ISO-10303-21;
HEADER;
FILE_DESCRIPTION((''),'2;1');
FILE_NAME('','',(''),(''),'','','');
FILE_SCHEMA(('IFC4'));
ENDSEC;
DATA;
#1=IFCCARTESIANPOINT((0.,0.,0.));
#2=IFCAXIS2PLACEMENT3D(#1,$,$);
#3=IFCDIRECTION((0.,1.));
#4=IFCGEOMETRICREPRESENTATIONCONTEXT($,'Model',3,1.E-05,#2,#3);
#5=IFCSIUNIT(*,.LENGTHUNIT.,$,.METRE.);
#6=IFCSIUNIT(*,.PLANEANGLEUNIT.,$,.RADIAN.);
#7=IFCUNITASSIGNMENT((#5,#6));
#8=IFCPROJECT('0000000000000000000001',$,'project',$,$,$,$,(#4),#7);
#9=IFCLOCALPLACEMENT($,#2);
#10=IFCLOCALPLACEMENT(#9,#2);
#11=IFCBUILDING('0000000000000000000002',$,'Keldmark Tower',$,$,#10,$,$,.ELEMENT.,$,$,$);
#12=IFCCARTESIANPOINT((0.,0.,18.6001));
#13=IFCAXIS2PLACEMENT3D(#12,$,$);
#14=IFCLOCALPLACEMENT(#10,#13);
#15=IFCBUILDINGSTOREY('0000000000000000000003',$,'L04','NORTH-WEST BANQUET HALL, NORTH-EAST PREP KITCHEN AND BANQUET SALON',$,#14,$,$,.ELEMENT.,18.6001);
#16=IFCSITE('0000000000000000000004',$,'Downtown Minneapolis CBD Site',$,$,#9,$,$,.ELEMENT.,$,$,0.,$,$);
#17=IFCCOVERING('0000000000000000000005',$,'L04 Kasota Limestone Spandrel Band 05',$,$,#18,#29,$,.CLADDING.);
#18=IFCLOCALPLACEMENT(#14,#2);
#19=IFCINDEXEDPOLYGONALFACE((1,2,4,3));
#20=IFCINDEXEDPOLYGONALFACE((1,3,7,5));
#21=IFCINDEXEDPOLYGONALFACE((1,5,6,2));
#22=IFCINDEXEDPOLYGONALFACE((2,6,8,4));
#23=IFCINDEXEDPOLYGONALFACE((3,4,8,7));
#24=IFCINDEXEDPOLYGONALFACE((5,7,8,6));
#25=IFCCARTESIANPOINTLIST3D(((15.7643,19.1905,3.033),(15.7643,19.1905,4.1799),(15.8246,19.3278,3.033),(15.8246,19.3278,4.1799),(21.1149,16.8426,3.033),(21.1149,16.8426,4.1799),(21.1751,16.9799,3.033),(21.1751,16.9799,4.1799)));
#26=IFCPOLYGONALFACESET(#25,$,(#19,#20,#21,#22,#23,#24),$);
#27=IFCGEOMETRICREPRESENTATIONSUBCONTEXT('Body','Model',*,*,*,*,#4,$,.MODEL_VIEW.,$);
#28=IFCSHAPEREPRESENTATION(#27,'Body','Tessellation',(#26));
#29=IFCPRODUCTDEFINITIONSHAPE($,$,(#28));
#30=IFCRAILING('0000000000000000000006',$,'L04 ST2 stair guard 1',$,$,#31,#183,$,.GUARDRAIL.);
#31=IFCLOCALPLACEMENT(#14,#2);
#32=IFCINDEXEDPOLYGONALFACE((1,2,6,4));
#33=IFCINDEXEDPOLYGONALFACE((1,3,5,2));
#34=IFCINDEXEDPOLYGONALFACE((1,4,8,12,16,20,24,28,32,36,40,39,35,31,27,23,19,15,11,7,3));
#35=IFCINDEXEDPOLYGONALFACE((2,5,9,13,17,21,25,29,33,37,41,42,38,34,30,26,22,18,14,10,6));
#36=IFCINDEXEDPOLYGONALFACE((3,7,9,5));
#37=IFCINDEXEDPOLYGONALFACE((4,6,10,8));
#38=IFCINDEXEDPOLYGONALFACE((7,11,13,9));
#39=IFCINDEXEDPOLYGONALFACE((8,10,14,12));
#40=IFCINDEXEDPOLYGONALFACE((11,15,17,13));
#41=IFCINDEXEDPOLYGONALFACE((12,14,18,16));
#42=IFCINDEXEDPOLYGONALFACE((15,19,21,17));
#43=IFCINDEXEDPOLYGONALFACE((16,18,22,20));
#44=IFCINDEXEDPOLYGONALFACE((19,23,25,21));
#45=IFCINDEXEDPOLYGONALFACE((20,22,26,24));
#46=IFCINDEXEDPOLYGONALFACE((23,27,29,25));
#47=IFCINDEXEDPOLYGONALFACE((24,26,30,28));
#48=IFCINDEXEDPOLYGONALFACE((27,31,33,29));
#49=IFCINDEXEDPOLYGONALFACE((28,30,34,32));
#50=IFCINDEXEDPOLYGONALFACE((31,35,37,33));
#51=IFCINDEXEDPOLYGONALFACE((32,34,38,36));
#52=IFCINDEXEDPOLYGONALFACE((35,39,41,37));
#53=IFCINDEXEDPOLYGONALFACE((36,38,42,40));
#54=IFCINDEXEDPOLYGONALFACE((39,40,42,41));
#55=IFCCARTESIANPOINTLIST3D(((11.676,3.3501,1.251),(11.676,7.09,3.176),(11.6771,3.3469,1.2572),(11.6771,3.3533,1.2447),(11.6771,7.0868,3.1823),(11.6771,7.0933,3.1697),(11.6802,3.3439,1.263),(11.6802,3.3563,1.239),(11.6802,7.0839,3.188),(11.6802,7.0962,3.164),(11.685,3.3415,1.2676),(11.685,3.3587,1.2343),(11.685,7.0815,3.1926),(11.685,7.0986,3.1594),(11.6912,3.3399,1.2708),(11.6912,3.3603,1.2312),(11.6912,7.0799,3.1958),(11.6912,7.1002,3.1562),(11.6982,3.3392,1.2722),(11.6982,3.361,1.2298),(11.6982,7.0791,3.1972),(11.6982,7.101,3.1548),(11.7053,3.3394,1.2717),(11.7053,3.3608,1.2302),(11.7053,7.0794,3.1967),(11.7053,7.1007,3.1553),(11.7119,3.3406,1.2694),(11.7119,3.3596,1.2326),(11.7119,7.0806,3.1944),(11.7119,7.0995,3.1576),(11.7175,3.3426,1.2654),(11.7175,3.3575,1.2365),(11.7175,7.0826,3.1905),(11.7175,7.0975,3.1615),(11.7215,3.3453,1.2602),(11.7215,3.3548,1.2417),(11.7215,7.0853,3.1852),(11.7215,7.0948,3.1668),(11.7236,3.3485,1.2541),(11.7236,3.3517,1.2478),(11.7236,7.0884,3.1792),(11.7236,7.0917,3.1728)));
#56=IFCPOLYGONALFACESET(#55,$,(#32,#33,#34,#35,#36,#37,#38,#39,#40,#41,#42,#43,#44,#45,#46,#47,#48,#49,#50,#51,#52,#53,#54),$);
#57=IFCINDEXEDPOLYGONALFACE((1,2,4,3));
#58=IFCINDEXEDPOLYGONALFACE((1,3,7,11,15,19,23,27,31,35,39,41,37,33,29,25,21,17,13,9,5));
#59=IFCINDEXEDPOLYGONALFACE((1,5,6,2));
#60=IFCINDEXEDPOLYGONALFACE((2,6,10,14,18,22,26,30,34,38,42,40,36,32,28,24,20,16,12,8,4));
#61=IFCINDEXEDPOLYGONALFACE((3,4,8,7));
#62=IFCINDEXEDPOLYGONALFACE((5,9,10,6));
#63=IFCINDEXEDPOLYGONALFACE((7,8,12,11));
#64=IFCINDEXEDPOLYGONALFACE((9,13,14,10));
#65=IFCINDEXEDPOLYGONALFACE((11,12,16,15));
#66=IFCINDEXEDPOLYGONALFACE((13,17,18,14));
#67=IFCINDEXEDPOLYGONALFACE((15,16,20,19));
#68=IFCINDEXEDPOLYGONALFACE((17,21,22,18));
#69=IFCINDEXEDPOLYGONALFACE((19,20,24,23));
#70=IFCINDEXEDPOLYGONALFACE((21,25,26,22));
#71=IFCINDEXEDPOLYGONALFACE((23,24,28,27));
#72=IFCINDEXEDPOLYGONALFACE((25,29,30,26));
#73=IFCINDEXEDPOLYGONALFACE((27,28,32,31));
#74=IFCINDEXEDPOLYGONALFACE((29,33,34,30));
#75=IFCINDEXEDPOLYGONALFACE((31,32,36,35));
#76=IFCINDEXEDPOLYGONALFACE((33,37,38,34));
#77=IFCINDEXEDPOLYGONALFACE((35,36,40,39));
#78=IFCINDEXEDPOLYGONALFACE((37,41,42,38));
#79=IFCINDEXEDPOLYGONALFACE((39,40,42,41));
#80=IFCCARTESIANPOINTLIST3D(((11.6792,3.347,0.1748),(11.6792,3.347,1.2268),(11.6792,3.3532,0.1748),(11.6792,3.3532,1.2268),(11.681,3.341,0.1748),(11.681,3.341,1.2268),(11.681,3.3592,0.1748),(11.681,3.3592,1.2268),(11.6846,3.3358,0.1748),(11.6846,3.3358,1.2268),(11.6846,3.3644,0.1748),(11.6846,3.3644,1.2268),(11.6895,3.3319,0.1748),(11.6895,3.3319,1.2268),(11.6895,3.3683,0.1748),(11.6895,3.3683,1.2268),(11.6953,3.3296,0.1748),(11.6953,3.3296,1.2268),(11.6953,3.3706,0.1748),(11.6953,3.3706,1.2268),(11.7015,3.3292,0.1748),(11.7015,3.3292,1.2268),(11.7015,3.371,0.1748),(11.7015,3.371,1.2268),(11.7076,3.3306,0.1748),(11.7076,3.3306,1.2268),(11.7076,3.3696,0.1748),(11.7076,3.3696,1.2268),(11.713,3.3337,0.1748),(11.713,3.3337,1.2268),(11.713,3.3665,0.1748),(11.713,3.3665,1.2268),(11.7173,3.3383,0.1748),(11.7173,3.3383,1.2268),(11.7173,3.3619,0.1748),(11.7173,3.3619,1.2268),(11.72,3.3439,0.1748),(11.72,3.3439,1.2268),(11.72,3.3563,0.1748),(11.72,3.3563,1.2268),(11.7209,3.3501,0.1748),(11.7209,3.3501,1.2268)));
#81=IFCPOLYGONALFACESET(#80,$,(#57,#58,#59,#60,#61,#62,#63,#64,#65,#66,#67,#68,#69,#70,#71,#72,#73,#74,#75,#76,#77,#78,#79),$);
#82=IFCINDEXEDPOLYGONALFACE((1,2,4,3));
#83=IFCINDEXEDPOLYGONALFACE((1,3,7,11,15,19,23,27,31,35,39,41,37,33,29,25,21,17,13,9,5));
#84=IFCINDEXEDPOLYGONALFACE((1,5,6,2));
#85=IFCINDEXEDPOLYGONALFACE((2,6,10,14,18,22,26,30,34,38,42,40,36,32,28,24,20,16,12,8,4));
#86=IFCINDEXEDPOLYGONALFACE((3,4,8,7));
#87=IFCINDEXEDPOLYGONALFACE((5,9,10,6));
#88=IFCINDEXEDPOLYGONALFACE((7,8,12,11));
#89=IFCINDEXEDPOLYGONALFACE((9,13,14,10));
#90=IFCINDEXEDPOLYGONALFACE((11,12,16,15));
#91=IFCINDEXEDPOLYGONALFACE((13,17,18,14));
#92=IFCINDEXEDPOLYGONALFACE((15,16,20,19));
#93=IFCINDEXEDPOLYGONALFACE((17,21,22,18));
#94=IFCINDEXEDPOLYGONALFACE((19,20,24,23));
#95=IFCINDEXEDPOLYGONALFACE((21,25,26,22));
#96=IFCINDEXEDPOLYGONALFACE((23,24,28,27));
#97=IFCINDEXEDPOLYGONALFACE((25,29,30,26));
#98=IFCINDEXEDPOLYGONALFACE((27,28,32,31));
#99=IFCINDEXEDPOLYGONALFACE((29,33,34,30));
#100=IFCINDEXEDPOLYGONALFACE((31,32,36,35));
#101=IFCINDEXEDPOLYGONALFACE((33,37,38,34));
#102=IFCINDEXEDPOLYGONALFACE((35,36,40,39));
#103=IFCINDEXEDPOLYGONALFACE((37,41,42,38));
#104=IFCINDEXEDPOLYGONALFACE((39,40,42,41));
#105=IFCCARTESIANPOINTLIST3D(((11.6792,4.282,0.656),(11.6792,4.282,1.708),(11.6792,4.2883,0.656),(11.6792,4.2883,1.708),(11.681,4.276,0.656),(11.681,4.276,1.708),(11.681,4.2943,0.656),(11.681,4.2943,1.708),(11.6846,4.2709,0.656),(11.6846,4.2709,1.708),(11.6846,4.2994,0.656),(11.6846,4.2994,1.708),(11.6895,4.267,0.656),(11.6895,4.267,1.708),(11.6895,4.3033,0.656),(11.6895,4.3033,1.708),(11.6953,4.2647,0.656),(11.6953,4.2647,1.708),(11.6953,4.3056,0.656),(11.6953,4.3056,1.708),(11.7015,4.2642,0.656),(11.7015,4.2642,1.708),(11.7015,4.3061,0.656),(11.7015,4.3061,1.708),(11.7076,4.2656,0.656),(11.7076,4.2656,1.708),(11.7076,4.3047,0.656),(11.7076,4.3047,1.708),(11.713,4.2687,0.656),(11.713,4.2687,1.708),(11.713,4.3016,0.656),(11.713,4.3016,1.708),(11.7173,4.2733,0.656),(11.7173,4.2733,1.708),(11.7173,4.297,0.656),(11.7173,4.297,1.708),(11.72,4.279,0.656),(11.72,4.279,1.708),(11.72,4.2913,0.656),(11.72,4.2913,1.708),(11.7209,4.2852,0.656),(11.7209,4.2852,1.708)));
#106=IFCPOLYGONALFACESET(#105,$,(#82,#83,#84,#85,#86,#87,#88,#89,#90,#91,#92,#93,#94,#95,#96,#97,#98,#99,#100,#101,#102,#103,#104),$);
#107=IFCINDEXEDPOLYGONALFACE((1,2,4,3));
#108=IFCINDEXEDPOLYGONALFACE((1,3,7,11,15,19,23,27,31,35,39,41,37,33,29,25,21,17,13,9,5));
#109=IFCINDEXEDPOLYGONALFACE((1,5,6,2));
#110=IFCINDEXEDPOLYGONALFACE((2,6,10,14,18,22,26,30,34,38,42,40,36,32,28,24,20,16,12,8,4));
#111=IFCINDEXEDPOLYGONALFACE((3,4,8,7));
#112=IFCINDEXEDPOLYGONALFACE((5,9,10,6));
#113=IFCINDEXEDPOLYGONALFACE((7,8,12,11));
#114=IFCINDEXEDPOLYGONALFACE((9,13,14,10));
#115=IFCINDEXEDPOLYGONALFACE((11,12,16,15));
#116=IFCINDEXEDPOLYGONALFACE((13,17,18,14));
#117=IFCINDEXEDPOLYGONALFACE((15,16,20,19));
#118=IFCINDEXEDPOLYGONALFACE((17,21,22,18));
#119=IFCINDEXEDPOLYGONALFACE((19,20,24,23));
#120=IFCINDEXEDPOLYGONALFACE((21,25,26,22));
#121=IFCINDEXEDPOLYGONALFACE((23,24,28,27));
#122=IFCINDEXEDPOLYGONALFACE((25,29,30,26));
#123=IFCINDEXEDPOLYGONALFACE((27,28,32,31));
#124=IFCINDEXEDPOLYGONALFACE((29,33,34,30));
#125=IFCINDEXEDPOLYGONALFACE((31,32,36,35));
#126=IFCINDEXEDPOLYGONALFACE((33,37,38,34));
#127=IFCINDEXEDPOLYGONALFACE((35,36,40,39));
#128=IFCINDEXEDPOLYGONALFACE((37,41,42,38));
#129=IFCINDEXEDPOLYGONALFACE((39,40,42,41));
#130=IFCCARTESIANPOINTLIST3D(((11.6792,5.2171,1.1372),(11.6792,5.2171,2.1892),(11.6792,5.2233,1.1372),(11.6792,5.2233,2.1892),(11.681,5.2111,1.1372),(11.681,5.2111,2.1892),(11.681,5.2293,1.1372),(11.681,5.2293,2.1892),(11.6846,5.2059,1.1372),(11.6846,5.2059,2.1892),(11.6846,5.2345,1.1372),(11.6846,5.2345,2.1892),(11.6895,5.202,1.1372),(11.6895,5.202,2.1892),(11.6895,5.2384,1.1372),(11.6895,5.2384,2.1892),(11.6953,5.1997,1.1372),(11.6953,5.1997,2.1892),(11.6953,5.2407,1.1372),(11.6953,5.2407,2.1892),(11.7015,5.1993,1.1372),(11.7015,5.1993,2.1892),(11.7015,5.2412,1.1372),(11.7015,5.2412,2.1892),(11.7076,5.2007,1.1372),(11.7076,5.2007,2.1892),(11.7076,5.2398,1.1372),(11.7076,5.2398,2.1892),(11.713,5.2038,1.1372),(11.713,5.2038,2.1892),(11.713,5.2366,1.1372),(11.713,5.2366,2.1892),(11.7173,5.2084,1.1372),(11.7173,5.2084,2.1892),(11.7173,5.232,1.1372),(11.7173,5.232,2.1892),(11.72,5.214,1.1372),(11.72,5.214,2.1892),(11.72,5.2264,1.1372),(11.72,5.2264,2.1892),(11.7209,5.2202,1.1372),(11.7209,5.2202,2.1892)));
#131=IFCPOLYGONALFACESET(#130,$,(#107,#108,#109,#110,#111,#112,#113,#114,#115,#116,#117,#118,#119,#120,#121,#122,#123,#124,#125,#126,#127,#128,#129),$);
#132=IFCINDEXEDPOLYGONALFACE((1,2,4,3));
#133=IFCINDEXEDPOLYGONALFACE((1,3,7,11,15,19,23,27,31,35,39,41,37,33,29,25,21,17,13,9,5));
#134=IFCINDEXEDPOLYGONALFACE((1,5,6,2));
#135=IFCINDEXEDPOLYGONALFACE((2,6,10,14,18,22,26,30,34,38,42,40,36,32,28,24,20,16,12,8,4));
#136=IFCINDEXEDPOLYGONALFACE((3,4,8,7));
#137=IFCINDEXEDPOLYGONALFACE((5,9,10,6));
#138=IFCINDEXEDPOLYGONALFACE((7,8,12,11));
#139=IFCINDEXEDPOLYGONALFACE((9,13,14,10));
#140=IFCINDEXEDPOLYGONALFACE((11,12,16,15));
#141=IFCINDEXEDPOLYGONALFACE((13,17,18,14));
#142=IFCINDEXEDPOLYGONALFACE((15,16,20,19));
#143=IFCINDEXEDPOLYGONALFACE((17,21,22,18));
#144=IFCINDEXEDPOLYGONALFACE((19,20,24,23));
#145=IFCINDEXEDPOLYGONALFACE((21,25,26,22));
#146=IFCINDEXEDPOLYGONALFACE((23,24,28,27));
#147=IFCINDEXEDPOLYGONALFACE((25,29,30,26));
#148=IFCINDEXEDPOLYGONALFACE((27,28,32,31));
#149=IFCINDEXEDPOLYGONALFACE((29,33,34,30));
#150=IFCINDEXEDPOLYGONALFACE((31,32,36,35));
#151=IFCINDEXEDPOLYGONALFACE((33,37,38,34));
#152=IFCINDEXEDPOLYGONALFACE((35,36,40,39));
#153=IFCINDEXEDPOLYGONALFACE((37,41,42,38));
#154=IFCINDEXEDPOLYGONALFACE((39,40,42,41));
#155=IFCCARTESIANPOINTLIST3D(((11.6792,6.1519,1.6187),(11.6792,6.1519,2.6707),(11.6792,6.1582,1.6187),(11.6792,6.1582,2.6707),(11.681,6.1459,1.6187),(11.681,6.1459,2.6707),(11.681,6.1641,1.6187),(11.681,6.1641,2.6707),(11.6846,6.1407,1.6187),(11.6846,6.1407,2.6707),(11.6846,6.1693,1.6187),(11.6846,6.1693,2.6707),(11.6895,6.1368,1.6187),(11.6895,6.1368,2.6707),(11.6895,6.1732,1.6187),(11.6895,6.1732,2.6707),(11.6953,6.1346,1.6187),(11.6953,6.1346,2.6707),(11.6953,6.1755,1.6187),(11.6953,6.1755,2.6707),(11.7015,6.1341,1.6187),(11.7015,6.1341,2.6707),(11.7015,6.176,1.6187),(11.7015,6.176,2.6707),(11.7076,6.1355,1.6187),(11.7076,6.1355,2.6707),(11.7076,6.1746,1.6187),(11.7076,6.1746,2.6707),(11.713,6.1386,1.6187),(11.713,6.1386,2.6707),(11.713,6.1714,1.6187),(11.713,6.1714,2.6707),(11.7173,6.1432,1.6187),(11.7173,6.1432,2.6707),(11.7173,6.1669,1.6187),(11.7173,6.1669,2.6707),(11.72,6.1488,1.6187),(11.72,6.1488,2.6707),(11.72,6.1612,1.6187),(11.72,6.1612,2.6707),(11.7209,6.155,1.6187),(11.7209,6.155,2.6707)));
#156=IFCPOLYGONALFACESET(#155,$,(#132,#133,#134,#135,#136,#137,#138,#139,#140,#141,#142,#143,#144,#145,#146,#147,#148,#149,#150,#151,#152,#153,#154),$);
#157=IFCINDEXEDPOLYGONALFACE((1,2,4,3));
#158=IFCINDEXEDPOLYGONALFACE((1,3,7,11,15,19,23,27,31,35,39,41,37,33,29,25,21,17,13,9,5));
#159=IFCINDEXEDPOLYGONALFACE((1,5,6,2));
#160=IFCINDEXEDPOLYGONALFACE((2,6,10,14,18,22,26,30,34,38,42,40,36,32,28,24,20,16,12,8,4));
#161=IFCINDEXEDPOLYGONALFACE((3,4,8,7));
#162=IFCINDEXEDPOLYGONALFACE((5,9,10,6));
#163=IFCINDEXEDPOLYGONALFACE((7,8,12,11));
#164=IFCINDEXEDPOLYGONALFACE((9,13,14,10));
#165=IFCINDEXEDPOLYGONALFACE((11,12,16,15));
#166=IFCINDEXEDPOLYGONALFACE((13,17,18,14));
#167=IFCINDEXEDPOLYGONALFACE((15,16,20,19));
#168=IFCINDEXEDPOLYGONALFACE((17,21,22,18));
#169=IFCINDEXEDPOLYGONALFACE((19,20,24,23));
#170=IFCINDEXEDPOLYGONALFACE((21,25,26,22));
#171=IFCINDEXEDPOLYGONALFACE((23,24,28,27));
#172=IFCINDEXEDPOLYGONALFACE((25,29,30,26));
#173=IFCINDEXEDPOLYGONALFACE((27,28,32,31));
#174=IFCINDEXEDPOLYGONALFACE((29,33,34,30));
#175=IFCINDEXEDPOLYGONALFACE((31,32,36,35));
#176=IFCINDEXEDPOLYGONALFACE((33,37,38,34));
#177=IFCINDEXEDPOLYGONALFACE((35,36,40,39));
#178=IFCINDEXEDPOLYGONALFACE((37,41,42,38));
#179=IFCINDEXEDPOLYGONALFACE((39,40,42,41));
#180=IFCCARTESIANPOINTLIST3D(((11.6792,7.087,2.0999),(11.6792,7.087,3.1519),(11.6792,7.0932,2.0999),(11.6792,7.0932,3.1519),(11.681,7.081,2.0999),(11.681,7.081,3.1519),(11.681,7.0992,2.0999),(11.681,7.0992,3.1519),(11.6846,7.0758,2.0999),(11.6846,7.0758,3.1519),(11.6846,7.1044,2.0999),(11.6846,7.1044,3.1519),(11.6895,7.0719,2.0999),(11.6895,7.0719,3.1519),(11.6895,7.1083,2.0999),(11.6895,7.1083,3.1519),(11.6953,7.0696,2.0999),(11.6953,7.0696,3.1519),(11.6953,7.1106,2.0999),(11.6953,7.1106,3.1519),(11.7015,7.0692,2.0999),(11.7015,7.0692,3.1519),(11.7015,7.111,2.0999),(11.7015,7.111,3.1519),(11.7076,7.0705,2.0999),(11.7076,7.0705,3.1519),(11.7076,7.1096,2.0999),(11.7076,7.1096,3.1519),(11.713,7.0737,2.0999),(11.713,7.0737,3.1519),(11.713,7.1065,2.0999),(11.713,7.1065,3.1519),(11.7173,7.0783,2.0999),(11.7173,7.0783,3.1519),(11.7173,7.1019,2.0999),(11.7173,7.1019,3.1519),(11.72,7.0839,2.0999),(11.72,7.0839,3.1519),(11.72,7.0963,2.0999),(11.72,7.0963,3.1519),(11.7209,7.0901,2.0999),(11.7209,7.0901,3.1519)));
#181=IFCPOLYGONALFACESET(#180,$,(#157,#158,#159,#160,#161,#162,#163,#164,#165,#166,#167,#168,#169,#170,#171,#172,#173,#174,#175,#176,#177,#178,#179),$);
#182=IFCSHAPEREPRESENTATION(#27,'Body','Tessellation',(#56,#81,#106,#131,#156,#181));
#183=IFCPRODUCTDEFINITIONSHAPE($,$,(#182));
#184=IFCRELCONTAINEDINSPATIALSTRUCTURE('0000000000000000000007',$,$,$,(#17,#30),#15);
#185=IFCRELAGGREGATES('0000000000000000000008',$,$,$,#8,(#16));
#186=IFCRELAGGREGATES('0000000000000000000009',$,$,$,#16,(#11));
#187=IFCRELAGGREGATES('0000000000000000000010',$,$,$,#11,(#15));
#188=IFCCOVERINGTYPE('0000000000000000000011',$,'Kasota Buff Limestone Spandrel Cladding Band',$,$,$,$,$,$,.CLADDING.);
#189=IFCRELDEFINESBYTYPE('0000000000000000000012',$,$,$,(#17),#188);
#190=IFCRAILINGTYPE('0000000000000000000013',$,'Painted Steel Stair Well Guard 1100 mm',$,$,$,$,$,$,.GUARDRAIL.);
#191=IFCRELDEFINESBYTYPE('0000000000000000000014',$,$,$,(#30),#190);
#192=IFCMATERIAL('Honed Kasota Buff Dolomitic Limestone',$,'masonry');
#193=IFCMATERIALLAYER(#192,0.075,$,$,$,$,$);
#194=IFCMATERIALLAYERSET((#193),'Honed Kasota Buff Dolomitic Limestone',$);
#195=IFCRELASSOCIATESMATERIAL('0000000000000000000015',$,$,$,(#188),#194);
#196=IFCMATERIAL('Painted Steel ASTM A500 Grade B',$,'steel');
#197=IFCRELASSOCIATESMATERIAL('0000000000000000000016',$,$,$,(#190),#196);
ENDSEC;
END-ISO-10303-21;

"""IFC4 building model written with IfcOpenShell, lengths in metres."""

from ifc_helpers import new_model, si_unit, direction, frame, origin, origin_2d, place, context, subcontext, project, spatial, rectangle, circle, extrude, material, layer, layer_set, type_object, element, save


model = new_model("IFC4")

# Units and contexts
model_context = context("Model", 3, precision=1e-05, world=origin(), true_north=direction((0.0, 1.0)))
body_context = subcontext(model_context, "Body", "Model", "MODEL_VIEW")
ifc_project = project(units=[si_unit("LENGTHUNIT", "METRE"), si_unit("PLANEANGLEUNIT", "RADIAN")], contexts=[model_context])

# Site, building, storey
site_placement = place(None, origin())
site = spatial("IfcSite", under=ifc_project, at=site_placement, Name="Downtown Minneapolis CBD Site", CompositionType="ELEMENT", RefElevation=0.0)
building_placement = place(site_placement, origin())
building = spatial("IfcBuilding", under=site, at=building_placement, Name="Keldmark Tower", CompositionType="ELEMENT")
storey_placement = place(building_placement, frame((0.0, 0.0, 18.6001)))
storey = spatial("IfcBuildingStorey", under=building, at=storey_placement, Name="L04", Description="NORTH-WEST BANQUET HALL, NORTH-EAST PREP KITCHEN AND BANQUET SALON", CompositionType="ELEMENT", Elevation=18.6001)

# Covering
ifc_material_1 = material(Name="Honed Kasota Buff Dolomitic Limestone", Category="masonry")
ifc_layer_1 = layer(ifc_material_1, 0.075)
ifc_layer_set_1 = layer_set([ifc_layer_1], Name="Honed Kasota Buff Dolomitic Limestone")
covering_type = type_object("IfcCoveringType", Name="Kasota Buff Limestone Spandrel Cladding Band", PredefinedType="CLADDING", material=ifc_layer_set_1)
covering_placement = place(storey_placement, frame((18.4697, 18.0852, 3.033), z_axis=(0.0, 0.0, 1.0), x_axis=(-0.915712, 0.401836, 0.0)))
element("IfcCovering", 1, at=covering_placement, inside=storey, type_object=covering_type, Name="L04 Kasota Limestone Spandrel Band 05", PredefinedType="CLADDING", context=body_context, shape_type="SweptSolid", body=[
    extrude(rectangle(XDim=5.843, YDim=0.1499, at=origin_2d()), origin(), (0.0, 0.0, 1.0), 1.147),
])

# Railing
ifc_material_2 = material(Name="Painted Steel ASTM A500 Grade B", Category="steel")
railing_type_1 = type_object("IfcRailingType", Name="Painted Steel Stair Well Guard 1100 mm", PredefinedType="GUARDRAIL", material=ifc_material_2)
railing_1_placement = place(storey_placement, frame((11.7, 3.3501, 0.1748)))
element("IfcRailing", 2, at=railing_1_placement, inside=storey, type_object=railing_type_1, Name="L04 ST2 stair guard 1", PredefinedType="GUARDRAIL", context=body_context, shape_type="SweptSolid", body=[
    extrude(circle(Radius=0.0239, at=origin_2d()), frame((0.0, 0.0, 1.0762), z_axis=(0.0, 0.889131, 0.457654), x_axis=(-1.0, 0.0, 0.0)), (0.0, 0.0, 1.0), 4.2063),
    extrude(circle(Radius=0.021, at=origin_2d()), origin(), (0.0, 0.0, 1.0), 1.052),
    extrude(circle(Radius=0.021, at=origin_2d()), frame((0.0, 0.9351, 0.4812)), (0.0, 0.0, 1.0), 1.052),
    extrude(circle(Radius=0.021, at=origin_2d()), frame((0.0, 1.8701, 0.9624)), (0.0, 0.0, 1.0), 1.052),
    extrude(circle(Radius=0.021, at=origin_2d()), frame((0.0, 2.8049, 1.4438)), (0.0, 0.0, 1.0), 1.052),
    extrude(circle(Radius=0.021, at=origin_2d()), frame((0.0, 3.74, 1.925)), (0.0, 0.0, 1.0), 1.052),
])

save(model, "model.ifc")
